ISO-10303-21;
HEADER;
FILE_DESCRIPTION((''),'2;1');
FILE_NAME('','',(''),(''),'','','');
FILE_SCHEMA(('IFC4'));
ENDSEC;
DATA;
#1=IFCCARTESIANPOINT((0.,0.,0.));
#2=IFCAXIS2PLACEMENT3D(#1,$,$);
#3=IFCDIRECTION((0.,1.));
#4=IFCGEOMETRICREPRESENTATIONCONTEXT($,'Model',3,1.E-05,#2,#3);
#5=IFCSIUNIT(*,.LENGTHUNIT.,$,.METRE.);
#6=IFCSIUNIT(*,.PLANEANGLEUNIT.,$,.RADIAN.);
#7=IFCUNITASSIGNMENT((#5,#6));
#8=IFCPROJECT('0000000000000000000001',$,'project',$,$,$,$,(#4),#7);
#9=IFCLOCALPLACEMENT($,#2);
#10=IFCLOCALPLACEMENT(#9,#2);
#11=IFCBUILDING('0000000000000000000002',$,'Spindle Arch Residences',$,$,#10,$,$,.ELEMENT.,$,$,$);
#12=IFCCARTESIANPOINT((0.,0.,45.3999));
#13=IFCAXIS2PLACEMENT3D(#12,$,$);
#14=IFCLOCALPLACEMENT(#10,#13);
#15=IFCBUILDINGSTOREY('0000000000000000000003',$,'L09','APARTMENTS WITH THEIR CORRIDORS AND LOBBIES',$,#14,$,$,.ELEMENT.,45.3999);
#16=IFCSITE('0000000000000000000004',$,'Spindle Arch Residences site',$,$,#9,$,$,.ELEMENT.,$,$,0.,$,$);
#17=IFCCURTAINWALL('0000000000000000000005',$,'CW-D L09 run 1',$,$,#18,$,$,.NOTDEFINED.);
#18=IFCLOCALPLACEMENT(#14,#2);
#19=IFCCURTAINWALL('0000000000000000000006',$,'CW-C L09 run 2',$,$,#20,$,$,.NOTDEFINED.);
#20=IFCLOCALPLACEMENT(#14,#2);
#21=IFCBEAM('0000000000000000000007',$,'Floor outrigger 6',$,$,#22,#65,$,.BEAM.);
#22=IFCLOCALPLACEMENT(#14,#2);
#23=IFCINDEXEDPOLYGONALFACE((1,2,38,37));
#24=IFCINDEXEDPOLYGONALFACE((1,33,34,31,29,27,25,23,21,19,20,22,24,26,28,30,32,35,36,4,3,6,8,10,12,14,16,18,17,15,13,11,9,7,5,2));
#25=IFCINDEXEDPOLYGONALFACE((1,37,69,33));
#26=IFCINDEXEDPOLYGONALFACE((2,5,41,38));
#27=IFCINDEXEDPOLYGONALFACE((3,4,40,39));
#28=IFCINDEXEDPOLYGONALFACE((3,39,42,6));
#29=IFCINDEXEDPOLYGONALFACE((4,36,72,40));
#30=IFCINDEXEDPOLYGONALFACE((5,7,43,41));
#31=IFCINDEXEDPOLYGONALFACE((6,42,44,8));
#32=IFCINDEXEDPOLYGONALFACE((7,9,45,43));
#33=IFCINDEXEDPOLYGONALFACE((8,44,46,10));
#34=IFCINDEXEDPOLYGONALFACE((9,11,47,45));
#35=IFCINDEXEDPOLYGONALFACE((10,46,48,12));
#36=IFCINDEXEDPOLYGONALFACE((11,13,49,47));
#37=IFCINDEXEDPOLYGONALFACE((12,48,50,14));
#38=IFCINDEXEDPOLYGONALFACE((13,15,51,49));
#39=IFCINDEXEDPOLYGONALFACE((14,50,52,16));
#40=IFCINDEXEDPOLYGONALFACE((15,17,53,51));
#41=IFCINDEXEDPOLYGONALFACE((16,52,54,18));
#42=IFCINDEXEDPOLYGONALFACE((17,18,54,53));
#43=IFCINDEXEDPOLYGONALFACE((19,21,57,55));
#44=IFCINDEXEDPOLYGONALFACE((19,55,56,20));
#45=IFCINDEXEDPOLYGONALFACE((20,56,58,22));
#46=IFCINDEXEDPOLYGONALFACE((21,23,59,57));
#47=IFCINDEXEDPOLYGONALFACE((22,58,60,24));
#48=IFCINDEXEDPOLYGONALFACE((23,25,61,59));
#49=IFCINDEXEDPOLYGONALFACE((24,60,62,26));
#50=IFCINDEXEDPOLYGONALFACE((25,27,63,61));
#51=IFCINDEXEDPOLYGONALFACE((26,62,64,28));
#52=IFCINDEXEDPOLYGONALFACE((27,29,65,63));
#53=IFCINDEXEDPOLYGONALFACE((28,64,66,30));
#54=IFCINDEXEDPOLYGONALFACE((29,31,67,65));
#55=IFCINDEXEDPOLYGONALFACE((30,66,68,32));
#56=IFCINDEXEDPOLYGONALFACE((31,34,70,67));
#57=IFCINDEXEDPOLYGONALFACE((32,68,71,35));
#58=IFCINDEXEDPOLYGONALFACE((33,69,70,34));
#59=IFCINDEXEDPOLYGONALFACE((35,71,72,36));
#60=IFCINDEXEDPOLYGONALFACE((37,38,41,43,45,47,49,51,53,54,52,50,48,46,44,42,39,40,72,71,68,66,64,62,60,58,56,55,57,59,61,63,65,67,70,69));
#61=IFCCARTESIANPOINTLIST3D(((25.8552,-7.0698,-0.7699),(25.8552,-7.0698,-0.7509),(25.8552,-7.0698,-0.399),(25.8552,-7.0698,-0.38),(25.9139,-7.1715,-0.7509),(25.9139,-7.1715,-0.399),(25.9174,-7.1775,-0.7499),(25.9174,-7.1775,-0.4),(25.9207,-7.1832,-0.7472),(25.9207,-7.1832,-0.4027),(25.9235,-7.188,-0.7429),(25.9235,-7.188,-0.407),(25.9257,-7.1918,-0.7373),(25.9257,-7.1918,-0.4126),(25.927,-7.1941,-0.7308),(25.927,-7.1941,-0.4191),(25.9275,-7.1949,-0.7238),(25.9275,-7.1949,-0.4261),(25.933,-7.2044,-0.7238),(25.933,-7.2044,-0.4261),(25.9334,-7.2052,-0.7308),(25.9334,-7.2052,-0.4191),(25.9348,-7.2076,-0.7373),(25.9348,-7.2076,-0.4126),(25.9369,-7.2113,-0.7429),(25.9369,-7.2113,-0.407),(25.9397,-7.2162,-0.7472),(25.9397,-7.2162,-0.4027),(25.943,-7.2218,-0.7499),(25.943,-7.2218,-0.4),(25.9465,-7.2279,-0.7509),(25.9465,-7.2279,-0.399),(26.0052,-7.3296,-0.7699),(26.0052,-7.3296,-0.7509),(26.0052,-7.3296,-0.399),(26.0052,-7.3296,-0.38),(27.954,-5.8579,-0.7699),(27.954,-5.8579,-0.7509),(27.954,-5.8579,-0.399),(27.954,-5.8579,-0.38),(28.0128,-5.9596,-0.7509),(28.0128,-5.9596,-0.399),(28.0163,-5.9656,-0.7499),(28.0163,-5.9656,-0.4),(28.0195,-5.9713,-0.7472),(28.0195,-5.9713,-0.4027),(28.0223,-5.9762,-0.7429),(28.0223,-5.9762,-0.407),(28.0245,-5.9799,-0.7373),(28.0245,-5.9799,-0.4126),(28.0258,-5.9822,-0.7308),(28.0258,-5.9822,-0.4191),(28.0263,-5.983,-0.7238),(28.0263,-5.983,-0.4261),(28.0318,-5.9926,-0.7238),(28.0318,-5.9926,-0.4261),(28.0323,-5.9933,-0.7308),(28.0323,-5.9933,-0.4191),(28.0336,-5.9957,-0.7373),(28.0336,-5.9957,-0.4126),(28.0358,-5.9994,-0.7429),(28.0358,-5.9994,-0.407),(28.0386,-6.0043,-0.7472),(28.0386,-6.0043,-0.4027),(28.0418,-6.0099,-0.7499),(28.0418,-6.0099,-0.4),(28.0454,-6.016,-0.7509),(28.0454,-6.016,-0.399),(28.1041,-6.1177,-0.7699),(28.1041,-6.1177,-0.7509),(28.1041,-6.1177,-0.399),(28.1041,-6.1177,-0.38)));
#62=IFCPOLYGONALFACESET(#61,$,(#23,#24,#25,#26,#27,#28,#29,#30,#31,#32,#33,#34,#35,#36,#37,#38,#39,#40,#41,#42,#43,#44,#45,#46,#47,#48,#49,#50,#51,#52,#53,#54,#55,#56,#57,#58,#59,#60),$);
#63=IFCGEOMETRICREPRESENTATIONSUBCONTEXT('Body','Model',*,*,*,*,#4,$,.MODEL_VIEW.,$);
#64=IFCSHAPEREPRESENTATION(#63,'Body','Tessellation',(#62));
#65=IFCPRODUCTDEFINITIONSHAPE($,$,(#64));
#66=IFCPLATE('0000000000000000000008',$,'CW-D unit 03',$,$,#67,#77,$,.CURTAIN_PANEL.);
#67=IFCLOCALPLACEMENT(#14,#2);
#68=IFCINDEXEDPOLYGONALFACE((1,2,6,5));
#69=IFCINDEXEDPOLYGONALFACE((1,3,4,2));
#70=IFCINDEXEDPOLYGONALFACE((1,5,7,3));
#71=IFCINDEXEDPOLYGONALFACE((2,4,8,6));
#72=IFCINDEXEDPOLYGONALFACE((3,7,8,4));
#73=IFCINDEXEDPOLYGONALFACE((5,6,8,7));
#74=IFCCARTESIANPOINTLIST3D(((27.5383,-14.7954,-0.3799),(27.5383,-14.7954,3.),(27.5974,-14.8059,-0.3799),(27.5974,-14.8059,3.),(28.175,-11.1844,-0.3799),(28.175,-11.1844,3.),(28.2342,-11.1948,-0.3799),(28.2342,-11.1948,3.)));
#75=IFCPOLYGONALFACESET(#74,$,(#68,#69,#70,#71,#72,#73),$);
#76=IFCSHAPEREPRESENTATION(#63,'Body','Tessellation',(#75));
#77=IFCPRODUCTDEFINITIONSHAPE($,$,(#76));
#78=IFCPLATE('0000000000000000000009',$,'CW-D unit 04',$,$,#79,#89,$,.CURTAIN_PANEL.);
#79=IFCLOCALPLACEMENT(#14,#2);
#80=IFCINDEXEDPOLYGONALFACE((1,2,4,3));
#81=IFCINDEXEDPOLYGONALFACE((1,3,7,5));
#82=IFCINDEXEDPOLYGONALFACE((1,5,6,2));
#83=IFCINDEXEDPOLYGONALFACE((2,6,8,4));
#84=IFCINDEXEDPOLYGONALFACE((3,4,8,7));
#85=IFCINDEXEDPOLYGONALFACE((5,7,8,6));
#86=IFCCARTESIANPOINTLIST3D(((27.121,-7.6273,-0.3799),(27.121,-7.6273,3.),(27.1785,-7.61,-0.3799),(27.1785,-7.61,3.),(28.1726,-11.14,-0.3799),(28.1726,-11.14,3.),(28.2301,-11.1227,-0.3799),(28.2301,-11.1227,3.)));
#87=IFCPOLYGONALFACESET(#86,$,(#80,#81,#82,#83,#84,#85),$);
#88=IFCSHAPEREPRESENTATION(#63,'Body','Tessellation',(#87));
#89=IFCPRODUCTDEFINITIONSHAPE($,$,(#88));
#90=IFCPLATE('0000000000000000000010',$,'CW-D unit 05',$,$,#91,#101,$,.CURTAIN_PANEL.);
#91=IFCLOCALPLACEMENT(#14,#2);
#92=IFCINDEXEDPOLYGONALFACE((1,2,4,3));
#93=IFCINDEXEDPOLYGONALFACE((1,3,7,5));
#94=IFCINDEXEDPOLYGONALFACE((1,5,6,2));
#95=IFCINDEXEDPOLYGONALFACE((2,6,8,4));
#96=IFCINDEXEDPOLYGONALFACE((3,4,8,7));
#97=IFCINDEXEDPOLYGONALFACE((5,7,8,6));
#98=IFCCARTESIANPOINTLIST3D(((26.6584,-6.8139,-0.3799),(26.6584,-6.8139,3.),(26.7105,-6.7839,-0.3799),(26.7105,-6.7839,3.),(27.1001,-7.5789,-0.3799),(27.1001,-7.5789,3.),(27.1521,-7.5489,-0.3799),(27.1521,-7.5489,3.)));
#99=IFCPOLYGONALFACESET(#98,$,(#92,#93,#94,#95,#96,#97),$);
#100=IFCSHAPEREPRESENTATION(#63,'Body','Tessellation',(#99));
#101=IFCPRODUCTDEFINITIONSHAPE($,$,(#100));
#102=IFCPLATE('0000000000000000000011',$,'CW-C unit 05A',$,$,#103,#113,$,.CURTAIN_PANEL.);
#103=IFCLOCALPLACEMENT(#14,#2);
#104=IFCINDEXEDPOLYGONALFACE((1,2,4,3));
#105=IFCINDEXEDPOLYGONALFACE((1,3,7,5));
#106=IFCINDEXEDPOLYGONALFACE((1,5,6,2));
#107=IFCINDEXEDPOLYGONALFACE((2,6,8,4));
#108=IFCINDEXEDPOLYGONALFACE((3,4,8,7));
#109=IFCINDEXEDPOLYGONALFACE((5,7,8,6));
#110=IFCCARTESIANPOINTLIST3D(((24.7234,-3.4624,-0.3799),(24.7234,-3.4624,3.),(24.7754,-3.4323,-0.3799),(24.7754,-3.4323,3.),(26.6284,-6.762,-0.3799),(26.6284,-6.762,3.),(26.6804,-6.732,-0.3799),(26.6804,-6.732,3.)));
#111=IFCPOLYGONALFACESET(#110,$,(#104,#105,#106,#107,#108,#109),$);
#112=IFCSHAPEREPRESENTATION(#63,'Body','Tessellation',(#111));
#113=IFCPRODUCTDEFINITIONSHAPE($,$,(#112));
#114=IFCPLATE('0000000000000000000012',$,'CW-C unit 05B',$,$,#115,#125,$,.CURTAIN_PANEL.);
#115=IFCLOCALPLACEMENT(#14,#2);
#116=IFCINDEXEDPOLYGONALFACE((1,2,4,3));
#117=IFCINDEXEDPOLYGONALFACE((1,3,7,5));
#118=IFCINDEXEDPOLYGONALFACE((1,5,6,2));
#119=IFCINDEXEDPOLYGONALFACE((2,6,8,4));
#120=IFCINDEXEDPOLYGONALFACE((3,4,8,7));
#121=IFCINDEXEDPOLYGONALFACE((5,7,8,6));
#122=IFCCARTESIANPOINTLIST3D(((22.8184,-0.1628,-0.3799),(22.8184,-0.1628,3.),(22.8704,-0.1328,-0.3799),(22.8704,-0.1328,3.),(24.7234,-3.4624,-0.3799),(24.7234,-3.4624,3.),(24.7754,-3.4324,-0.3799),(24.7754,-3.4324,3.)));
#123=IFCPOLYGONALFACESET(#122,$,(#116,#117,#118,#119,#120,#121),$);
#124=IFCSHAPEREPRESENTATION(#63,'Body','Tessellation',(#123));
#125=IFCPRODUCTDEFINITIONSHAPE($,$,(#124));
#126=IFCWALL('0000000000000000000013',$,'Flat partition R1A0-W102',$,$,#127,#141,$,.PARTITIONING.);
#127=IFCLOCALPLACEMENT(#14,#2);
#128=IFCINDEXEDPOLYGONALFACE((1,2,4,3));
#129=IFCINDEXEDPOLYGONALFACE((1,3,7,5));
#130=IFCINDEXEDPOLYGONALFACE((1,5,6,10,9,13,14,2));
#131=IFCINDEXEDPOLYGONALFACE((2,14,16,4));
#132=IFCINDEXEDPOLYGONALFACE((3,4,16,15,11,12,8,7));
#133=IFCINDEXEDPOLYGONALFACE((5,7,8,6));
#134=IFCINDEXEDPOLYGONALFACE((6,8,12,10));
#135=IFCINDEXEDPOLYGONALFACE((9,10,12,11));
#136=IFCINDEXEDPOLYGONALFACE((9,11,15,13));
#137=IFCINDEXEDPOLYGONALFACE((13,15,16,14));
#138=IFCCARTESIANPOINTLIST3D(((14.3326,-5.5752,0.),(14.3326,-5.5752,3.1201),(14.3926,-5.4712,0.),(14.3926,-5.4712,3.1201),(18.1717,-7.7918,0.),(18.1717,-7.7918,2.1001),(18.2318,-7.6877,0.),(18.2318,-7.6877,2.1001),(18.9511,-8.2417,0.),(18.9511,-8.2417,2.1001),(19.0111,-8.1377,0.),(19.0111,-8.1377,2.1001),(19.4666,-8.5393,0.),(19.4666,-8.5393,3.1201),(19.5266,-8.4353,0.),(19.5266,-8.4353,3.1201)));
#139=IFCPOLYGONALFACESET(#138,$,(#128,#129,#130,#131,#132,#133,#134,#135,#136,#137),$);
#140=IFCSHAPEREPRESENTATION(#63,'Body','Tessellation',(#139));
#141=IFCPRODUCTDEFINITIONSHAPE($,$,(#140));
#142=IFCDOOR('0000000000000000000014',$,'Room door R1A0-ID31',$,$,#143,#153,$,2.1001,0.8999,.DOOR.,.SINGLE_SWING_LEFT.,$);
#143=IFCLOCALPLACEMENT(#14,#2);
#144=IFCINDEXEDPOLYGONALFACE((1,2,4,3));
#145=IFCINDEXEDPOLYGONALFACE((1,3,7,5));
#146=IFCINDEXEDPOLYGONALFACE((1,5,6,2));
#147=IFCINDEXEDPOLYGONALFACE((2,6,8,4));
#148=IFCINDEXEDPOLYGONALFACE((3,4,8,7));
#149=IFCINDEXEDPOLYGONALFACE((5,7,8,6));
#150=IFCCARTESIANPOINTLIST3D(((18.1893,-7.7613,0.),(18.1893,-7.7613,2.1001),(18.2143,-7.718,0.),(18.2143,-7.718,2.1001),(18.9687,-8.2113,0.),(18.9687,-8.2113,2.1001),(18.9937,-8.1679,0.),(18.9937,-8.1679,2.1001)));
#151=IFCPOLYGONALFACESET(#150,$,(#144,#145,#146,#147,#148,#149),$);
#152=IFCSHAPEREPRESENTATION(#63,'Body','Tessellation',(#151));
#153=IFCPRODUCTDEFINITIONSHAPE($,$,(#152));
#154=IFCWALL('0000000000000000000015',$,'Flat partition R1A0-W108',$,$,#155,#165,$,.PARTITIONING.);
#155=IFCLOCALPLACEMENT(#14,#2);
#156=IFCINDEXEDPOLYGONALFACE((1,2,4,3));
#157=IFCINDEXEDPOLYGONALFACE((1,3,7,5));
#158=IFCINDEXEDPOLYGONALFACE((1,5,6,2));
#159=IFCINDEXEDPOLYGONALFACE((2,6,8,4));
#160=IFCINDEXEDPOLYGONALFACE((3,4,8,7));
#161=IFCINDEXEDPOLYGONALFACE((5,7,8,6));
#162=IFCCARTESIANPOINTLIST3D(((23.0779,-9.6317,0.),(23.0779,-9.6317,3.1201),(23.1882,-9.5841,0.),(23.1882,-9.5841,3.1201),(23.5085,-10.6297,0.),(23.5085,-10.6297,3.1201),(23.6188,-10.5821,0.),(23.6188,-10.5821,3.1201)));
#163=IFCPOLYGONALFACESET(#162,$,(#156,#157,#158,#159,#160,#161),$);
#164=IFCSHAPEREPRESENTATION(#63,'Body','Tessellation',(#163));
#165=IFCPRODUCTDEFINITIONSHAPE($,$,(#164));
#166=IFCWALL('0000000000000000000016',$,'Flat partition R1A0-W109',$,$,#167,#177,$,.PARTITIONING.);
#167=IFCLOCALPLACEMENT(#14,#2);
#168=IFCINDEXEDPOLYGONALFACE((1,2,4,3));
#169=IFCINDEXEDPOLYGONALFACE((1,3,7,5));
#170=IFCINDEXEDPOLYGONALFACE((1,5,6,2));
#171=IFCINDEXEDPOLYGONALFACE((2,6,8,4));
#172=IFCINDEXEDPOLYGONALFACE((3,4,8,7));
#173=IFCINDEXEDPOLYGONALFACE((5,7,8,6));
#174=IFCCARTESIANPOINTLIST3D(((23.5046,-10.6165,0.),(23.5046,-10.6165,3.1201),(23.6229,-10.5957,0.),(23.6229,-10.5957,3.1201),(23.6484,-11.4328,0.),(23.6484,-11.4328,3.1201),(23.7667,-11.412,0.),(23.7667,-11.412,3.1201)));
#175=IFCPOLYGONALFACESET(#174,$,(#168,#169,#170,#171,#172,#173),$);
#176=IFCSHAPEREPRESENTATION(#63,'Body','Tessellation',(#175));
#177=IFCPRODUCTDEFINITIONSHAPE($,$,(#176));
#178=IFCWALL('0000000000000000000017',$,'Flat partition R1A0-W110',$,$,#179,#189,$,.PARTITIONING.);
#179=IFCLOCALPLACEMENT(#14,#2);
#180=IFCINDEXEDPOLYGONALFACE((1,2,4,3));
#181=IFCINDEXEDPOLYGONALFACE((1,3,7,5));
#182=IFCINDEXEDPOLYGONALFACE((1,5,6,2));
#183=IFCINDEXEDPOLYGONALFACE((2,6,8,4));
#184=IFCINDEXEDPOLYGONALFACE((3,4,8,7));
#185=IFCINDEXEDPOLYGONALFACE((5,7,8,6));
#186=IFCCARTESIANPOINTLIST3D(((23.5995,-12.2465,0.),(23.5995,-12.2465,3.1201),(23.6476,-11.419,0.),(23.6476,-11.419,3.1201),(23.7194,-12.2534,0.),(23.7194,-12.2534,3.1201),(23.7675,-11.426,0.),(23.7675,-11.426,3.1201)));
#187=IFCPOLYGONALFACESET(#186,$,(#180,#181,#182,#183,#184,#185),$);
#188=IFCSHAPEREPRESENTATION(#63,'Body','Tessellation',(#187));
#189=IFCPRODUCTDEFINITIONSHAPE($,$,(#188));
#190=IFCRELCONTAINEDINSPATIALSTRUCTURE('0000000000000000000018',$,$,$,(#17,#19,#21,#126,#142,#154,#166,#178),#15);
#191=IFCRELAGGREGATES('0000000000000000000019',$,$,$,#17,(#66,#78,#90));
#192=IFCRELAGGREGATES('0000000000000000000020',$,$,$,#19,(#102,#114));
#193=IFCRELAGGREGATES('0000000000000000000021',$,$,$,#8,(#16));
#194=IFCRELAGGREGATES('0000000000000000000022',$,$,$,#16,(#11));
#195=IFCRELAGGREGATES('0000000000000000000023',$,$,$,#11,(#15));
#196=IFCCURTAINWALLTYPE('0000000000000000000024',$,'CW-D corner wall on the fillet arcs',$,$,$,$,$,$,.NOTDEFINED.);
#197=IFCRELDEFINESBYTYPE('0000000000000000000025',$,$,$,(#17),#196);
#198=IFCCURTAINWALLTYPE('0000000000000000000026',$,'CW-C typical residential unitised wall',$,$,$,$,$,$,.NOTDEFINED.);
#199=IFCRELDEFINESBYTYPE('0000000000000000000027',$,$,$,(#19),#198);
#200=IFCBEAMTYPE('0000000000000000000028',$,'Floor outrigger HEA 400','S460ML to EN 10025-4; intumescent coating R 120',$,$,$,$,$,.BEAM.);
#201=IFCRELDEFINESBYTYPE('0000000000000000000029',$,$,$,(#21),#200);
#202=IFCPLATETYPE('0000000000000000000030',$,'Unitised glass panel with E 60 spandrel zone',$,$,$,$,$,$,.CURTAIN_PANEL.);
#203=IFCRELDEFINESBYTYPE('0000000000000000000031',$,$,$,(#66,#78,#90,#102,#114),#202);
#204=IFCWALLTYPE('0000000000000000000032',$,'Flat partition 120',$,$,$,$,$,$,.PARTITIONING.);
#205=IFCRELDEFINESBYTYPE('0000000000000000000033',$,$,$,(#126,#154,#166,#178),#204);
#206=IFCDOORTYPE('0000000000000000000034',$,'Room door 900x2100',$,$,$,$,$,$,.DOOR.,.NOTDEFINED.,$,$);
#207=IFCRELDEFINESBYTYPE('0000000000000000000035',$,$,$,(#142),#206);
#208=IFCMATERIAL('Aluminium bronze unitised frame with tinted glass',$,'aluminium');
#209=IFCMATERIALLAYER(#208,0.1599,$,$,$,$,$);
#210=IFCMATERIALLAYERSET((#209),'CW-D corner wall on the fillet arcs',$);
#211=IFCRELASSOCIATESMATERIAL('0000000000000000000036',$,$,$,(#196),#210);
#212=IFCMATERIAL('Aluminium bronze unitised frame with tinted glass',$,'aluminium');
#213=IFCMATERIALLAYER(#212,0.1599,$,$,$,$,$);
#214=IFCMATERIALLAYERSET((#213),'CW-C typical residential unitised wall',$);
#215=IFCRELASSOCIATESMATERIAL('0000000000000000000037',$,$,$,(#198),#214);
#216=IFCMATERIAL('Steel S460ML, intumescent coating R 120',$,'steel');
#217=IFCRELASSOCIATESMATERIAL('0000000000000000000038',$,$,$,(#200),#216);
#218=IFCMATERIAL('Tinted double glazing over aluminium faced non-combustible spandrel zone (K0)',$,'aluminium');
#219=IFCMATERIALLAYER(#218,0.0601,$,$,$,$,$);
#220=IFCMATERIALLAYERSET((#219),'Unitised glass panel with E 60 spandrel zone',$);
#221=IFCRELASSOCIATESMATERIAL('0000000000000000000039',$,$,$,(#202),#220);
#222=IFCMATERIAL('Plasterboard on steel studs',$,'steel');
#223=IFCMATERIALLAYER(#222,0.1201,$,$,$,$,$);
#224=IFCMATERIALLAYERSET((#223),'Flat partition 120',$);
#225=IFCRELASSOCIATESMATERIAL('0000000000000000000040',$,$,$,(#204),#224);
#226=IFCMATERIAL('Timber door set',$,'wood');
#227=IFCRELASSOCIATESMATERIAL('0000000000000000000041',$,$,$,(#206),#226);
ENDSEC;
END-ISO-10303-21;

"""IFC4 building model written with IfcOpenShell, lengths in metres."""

from ifc_helpers import new_model, si_unit, direction, frame, frame_2d, origin, origin_2d, place, context, subcontext, project, spatial, rectangle, i_section, extrude, material, layer, layer_set, material_profile, profile_set, type_object, element, fill, aggregate, save


model = new_model("IFC4")

# Units and contexts
model_context = context("Model", 3, precision=1e-05, world=origin(), true_north=direction((0.0, 1.0)))
body_context = subcontext(model_context, "Body", "Model", "MODEL_VIEW")
ifc_project = project(units=[si_unit("LENGTHUNIT", "METRE"), si_unit("PLANEANGLEUNIT", "RADIAN")], contexts=[model_context])

# Site, building, storey
site_placement = place(None, origin())
site = spatial("IfcSite", under=ifc_project, at=site_placement, Name="Spindle Arch Residences site", CompositionType="ELEMENT", RefElevation=0.0)
building_placement = place(site_placement, origin())
building = spatial("IfcBuilding", under=site, at=building_placement, Name="Spindle Arch Residences", CompositionType="ELEMENT")
storey_placement = place(building_placement, frame((0.0, 0.0, 45.3999)))
storey = spatial("IfcBuildingStorey", under=building, at=storey_placement, Name="L09", Description="APARTMENTS WITH THEIR CORRIDORS AND LOBBIES", CompositionType="ELEMENT", Elevation=45.3999)

# Curtain wall
ifc_material_1 = material(Name="Aluminium bronze unitised frame with tinted glass", Category="aluminium")
ifc_layer_1 = layer(ifc_material_1, 0.1599)
ifc_layer_set_1 = layer_set([ifc_layer_1], Name="CW-D corner wall on the fillet arcs")
curtain_wall_type_1 = type_object("IfcCurtainWallType", Name="CW-D corner wall on the fillet arcs", PredefinedType="NOTDEFINED", material=ifc_layer_set_1)
curtain_wall_1_placement = place(storey_placement, origin())
curtain_wall_1 = element("IfcCurtainWall", 1, at=curtain_wall_1_placement, inside=storey, type_object=curtain_wall_type_1, Name="CW-D L09 run 1", PredefinedType="NOTDEFINED")

# Curtain wall
ifc_material_2 = material(Name="Aluminium bronze unitised frame with tinted glass", Category="aluminium")
ifc_layer_2 = layer(ifc_material_2, 0.1599)
ifc_layer_set_2 = layer_set([ifc_layer_2], Name="CW-C typical residential unitised wall")
curtain_wall_type_2 = type_object("IfcCurtainWallType", Name="CW-C typical residential unitised wall", PredefinedType="NOTDEFINED", material=ifc_layer_set_2)
curtain_wall_2_placement = place(storey_placement, origin())
curtain_wall_2 = element("IfcCurtainWall", 2, at=curtain_wall_2_placement, inside=storey, type_object=curtain_wall_type_2, Name="CW-C L09 run 2", PredefinedType="NOTDEFINED")

# Beam
ifc_material_3 = material(Name="Steel S460ML, intumescent coating R 120", Category="steel")
ifc_material_profile_1 = material_profile(ifc_material_3, i_section(OverallWidth=0.3, OverallDepth=0.3899, WebThickness=0.011, FlangeThickness=0.019, FilletRadius=0.0271, at=origin_2d()), Name="HEA 400")
ifc_profile_set_1 = profile_set([ifc_material_profile_1], Name="Steel S460ML, intumescent coating R 120")
beam_type_1 = type_object("IfcBeamType", Name="Floor outrigger HEA 400", Description="S460ML to EN 10025-4; intumescent coating R 120", PredefinedType="BEAM", material=ifc_profile_set_1)
beam_1_placement = place(storey_placement, frame((28.0291, -5.9878, -0.575), z_axis=(-0.866003, -0.500039, 0.0), x_axis=(0.500039, -0.866003, 0.0)))
element("IfcBeam", 3, at=beam_1_placement, inside=storey, type_object=beam_type_1, Name="Floor outrigger 6", PredefinedType="BEAM", context=body_context, shape_type="SweptSolid", body=[
    extrude(i_section(OverallWidth=0.3, OverallDepth=0.3899, WebThickness=0.011, FlangeThickness=0.019, FilletRadius=0.0271, at=origin_2d()), origin(), (0.0, 0.0, 1.0), 2.4236),
])

# Plates
ifc_material_4 = material(Name="Tinted double glazing over aluminium faced non-combustible spandrel zone (K0)", Category="aluminium")
ifc_layer_3 = layer(ifc_material_4, 0.0601)
ifc_layer_set_3 = layer_set([ifc_layer_3], Name="Unitised glass panel with E 60 spandrel zone")
plate_type = type_object("IfcPlateType", Name="Unitised glass panel with E 60 spandrel zone", PredefinedType="CURTAIN_PANEL", material=ifc_layer_set_3)
plate_1_placement = place(storey_placement, frame((27.8862, -12.9951, -0.3799), z_axis=(0.0, 0.0, 1.0), x_axis=(0.173648, 0.984808, 0.0)))
plate_1 = element("IfcPlate", 4, at=plate_1_placement, type_object=plate_type, Name="CW-D unit 03", PredefinedType="CURTAIN_PANEL", context=body_context, shape_type="SweptSolid", body=[
    extrude(rectangle(XDim=3.6667, YDim=0.0601, at=origin_2d()), origin(), (0.0, 0.0, 1.0), 3.3799),
])
plate_2_placement = place(storey_placement, frame((27.6755, -9.375, -0.3799), z_axis=(0.0, 0.0, 1.0), x_axis=(-0.286803, 0.95799, 0.0)))
plate_2 = element("IfcPlate", 5, at=plate_2_placement, type_object=plate_type, Name="CW-D unit 04", PredefinedType="CURTAIN_PANEL", context=body_context, shape_type="SweptSolid", body=[
    extrude(rectangle(XDim=3.6667, YDim=0.0601, at=origin_2d()), origin(), (0.0, 0.0, 1.0), 3.3799),
])
plate_3_placement = place(storey_placement, frame((26.9053, -7.1814, -0.3799), z_axis=(0.0, 0.0, 1.0), x_axis=(-0.5, 0.866025, 0.0)))
plate_3 = element("IfcPlate", 6, at=plate_3_placement, type_object=plate_type, Name="CW-D unit 05", PredefinedType="CURTAIN_PANEL", context=body_context, shape_type="SweptSolid", body=[
    extrude(rectangle(XDim=0.8833, YDim=0.0601, at=origin_2d()), origin(), (0.0, 0.0, 1.0), 3.3799),
])
aggregate(curtain_wall_1, [plate_1, plate_2, plate_3])
plate_4_placement = place(storey_placement, frame((25.7019, -5.0972, -0.3799), z_axis=(0.0, 0.0, 1.0), x_axis=(-0.5, 0.866025, 0.0)))
plate_4 = element("IfcPlate", 7, at=plate_4_placement, type_object=plate_type, Name="CW-C unit 05A", PredefinedType="CURTAIN_PANEL", context=body_context, shape_type="SweptSolid", body=[
    extrude(rectangle(XDim=3.8101, YDim=0.0601, at=origin_2d()), origin(), (0.0, 0.0, 1.0), 3.3799),
])
plate_5_placement = place(storey_placement, frame((23.7969, -1.7976, -0.3799), z_axis=(0.0, 0.0, 1.0), x_axis=(-0.5, 0.866025, 0.0)))
plate_5 = element("IfcPlate", 8, at=plate_5_placement, type_object=plate_type, Name="CW-C unit 05B", PredefinedType="CURTAIN_PANEL", context=body_context, shape_type="SweptSolid", body=[
    extrude(rectangle(XDim=3.8101, YDim=0.0601, at=origin_2d()), origin(), (0.0, 0.0, 1.0), 3.3799),
])
aggregate(curtain_wall_2, [plate_4, plate_5])

# Wall, opening, door
ifc_material_5 = material(Name="Plasterboard on steel studs", Category="steel")
ifc_layer_4 = layer(ifc_material_5, 0.1201)
ifc_layer_set_4 = layer_set([ifc_layer_4], Name="Flat partition 120")
wall_type = type_object("IfcWallType", Name="Flat partition 120", PredefinedType="PARTITIONING", material=ifc_layer_set_4)
wall_1_placement = place(storey_placement, frame((19.4966, -8.4873, 0.0), z_axis=(0.0, 0.0, 1.0), x_axis=(-0.866027, 0.499997, 0.0)))
wall_1 = element("IfcWall", 9, at=wall_1_placement, inside=storey, type_object=wall_type, Name="Flat partition R1A0-W102", PredefinedType="PARTITIONING", context=body_context, shape_type="SweptSolid", body=[
    extrude(rectangle(XDim=5.9282, YDim=0.1201, at=frame_2d((2.9641, 0.0))), origin(), (0.0, 0.0, 1.0), 3.1201),
])
opening_1_placement = place(wall_1_placement, frame((0.5952, 0.0, 0.0)))
opening_1 = element("IfcOpeningElement", 10, at=opening_1_placement, cuts=wall_1, PredefinedType="OPENING", context=body_context, shape_type="SweptSolid", body=[
    extrude(rectangle(XDim=0.8999, YDim=2.1001, at=frame_2d((0.45, 1.05))), frame((0.0, 0.0701, 0.0), z_axis=(0.0, -1.0, 0.0), x_axis=(1.0, 0.0, 0.0)), (0.0, 0.0, 1.0), 0.1401),
])
ifc_material_6 = material(Name="Timber door set", Category="wood")
door_type = type_object("IfcDoorType", Name="Room door 900x2100", OperationType="NOTDEFINED", PredefinedType="DOOR", material=ifc_material_6)
door_1_placement = place(opening_1_placement, origin())
door_1 = element("IfcDoor", 11, at=door_1_placement, inside=storey, type_object=door_type, Name="Room door R1A0-ID31", OperationType="SINGLE_SWING_LEFT", OverallHeight=2.1001, OverallWidth=0.8999, PredefinedType="DOOR", context=body_context, shape_type="SweptSolid", body=[
    extrude(rectangle(XDim=0.8999, YDim=2.1001, at=frame_2d((0.45, 1.05))), frame((0.0, 0.0249, 0.0), z_axis=(0.0, -1.0, 0.0), x_axis=(1.0, 0.0, 0.0)), (0.0, 0.0, 1.0), 0.05),
])
fill(opening_1, door_1)

# Walls
wall_2_placement = place(storey_placement, frame((23.1331, -9.6079, 0.0), z_axis=(0.0, 0.0, 1.0), x_axis=(0.396195, -0.918166, 0.0)))
element("IfcWall", 12, at=wall_2_placement, inside=storey, type_object=wall_type, Name="Flat partition R1A0-W108", PredefinedType="PARTITIONING", context=body_context, shape_type="SweptSolid", body=[
    extrude(rectangle(XDim=1.0869, YDim=0.1201, at=frame_2d((0.5435, 0.0))), origin(), (0.0, 0.0, 1.0), 3.1201),
])
for number, where, z_axis, x_axis, name in (
    (13, (23.5637, -10.606, 0.0), (0.0, 0.0, 1.0), (0.173466, -0.98484, 0.0), "Flat partition R1A0-W109"),
    (14, (23.7075, -11.4224, 0.0), (0.0, 0.0, 1.0), (-0.058031, -0.998315, 0.0), "Flat partition R1A0-W110"),
):
    element("IfcWall", number, at=place(storey_placement, frame(where, z_axis=z_axis, x_axis=x_axis)), inside=storey, type_object=wall_type, Name=name, PredefinedType="PARTITIONING", context=body_context, shape_type="SweptSolid", body=[
        extrude(rectangle(XDim=0.8289, YDim=0.1201, at=frame_2d((0.4146, 0.0))), origin(), (0.0, 0.0, 1.0), 3.1201),
    ])

save(model, "model.ifc")
